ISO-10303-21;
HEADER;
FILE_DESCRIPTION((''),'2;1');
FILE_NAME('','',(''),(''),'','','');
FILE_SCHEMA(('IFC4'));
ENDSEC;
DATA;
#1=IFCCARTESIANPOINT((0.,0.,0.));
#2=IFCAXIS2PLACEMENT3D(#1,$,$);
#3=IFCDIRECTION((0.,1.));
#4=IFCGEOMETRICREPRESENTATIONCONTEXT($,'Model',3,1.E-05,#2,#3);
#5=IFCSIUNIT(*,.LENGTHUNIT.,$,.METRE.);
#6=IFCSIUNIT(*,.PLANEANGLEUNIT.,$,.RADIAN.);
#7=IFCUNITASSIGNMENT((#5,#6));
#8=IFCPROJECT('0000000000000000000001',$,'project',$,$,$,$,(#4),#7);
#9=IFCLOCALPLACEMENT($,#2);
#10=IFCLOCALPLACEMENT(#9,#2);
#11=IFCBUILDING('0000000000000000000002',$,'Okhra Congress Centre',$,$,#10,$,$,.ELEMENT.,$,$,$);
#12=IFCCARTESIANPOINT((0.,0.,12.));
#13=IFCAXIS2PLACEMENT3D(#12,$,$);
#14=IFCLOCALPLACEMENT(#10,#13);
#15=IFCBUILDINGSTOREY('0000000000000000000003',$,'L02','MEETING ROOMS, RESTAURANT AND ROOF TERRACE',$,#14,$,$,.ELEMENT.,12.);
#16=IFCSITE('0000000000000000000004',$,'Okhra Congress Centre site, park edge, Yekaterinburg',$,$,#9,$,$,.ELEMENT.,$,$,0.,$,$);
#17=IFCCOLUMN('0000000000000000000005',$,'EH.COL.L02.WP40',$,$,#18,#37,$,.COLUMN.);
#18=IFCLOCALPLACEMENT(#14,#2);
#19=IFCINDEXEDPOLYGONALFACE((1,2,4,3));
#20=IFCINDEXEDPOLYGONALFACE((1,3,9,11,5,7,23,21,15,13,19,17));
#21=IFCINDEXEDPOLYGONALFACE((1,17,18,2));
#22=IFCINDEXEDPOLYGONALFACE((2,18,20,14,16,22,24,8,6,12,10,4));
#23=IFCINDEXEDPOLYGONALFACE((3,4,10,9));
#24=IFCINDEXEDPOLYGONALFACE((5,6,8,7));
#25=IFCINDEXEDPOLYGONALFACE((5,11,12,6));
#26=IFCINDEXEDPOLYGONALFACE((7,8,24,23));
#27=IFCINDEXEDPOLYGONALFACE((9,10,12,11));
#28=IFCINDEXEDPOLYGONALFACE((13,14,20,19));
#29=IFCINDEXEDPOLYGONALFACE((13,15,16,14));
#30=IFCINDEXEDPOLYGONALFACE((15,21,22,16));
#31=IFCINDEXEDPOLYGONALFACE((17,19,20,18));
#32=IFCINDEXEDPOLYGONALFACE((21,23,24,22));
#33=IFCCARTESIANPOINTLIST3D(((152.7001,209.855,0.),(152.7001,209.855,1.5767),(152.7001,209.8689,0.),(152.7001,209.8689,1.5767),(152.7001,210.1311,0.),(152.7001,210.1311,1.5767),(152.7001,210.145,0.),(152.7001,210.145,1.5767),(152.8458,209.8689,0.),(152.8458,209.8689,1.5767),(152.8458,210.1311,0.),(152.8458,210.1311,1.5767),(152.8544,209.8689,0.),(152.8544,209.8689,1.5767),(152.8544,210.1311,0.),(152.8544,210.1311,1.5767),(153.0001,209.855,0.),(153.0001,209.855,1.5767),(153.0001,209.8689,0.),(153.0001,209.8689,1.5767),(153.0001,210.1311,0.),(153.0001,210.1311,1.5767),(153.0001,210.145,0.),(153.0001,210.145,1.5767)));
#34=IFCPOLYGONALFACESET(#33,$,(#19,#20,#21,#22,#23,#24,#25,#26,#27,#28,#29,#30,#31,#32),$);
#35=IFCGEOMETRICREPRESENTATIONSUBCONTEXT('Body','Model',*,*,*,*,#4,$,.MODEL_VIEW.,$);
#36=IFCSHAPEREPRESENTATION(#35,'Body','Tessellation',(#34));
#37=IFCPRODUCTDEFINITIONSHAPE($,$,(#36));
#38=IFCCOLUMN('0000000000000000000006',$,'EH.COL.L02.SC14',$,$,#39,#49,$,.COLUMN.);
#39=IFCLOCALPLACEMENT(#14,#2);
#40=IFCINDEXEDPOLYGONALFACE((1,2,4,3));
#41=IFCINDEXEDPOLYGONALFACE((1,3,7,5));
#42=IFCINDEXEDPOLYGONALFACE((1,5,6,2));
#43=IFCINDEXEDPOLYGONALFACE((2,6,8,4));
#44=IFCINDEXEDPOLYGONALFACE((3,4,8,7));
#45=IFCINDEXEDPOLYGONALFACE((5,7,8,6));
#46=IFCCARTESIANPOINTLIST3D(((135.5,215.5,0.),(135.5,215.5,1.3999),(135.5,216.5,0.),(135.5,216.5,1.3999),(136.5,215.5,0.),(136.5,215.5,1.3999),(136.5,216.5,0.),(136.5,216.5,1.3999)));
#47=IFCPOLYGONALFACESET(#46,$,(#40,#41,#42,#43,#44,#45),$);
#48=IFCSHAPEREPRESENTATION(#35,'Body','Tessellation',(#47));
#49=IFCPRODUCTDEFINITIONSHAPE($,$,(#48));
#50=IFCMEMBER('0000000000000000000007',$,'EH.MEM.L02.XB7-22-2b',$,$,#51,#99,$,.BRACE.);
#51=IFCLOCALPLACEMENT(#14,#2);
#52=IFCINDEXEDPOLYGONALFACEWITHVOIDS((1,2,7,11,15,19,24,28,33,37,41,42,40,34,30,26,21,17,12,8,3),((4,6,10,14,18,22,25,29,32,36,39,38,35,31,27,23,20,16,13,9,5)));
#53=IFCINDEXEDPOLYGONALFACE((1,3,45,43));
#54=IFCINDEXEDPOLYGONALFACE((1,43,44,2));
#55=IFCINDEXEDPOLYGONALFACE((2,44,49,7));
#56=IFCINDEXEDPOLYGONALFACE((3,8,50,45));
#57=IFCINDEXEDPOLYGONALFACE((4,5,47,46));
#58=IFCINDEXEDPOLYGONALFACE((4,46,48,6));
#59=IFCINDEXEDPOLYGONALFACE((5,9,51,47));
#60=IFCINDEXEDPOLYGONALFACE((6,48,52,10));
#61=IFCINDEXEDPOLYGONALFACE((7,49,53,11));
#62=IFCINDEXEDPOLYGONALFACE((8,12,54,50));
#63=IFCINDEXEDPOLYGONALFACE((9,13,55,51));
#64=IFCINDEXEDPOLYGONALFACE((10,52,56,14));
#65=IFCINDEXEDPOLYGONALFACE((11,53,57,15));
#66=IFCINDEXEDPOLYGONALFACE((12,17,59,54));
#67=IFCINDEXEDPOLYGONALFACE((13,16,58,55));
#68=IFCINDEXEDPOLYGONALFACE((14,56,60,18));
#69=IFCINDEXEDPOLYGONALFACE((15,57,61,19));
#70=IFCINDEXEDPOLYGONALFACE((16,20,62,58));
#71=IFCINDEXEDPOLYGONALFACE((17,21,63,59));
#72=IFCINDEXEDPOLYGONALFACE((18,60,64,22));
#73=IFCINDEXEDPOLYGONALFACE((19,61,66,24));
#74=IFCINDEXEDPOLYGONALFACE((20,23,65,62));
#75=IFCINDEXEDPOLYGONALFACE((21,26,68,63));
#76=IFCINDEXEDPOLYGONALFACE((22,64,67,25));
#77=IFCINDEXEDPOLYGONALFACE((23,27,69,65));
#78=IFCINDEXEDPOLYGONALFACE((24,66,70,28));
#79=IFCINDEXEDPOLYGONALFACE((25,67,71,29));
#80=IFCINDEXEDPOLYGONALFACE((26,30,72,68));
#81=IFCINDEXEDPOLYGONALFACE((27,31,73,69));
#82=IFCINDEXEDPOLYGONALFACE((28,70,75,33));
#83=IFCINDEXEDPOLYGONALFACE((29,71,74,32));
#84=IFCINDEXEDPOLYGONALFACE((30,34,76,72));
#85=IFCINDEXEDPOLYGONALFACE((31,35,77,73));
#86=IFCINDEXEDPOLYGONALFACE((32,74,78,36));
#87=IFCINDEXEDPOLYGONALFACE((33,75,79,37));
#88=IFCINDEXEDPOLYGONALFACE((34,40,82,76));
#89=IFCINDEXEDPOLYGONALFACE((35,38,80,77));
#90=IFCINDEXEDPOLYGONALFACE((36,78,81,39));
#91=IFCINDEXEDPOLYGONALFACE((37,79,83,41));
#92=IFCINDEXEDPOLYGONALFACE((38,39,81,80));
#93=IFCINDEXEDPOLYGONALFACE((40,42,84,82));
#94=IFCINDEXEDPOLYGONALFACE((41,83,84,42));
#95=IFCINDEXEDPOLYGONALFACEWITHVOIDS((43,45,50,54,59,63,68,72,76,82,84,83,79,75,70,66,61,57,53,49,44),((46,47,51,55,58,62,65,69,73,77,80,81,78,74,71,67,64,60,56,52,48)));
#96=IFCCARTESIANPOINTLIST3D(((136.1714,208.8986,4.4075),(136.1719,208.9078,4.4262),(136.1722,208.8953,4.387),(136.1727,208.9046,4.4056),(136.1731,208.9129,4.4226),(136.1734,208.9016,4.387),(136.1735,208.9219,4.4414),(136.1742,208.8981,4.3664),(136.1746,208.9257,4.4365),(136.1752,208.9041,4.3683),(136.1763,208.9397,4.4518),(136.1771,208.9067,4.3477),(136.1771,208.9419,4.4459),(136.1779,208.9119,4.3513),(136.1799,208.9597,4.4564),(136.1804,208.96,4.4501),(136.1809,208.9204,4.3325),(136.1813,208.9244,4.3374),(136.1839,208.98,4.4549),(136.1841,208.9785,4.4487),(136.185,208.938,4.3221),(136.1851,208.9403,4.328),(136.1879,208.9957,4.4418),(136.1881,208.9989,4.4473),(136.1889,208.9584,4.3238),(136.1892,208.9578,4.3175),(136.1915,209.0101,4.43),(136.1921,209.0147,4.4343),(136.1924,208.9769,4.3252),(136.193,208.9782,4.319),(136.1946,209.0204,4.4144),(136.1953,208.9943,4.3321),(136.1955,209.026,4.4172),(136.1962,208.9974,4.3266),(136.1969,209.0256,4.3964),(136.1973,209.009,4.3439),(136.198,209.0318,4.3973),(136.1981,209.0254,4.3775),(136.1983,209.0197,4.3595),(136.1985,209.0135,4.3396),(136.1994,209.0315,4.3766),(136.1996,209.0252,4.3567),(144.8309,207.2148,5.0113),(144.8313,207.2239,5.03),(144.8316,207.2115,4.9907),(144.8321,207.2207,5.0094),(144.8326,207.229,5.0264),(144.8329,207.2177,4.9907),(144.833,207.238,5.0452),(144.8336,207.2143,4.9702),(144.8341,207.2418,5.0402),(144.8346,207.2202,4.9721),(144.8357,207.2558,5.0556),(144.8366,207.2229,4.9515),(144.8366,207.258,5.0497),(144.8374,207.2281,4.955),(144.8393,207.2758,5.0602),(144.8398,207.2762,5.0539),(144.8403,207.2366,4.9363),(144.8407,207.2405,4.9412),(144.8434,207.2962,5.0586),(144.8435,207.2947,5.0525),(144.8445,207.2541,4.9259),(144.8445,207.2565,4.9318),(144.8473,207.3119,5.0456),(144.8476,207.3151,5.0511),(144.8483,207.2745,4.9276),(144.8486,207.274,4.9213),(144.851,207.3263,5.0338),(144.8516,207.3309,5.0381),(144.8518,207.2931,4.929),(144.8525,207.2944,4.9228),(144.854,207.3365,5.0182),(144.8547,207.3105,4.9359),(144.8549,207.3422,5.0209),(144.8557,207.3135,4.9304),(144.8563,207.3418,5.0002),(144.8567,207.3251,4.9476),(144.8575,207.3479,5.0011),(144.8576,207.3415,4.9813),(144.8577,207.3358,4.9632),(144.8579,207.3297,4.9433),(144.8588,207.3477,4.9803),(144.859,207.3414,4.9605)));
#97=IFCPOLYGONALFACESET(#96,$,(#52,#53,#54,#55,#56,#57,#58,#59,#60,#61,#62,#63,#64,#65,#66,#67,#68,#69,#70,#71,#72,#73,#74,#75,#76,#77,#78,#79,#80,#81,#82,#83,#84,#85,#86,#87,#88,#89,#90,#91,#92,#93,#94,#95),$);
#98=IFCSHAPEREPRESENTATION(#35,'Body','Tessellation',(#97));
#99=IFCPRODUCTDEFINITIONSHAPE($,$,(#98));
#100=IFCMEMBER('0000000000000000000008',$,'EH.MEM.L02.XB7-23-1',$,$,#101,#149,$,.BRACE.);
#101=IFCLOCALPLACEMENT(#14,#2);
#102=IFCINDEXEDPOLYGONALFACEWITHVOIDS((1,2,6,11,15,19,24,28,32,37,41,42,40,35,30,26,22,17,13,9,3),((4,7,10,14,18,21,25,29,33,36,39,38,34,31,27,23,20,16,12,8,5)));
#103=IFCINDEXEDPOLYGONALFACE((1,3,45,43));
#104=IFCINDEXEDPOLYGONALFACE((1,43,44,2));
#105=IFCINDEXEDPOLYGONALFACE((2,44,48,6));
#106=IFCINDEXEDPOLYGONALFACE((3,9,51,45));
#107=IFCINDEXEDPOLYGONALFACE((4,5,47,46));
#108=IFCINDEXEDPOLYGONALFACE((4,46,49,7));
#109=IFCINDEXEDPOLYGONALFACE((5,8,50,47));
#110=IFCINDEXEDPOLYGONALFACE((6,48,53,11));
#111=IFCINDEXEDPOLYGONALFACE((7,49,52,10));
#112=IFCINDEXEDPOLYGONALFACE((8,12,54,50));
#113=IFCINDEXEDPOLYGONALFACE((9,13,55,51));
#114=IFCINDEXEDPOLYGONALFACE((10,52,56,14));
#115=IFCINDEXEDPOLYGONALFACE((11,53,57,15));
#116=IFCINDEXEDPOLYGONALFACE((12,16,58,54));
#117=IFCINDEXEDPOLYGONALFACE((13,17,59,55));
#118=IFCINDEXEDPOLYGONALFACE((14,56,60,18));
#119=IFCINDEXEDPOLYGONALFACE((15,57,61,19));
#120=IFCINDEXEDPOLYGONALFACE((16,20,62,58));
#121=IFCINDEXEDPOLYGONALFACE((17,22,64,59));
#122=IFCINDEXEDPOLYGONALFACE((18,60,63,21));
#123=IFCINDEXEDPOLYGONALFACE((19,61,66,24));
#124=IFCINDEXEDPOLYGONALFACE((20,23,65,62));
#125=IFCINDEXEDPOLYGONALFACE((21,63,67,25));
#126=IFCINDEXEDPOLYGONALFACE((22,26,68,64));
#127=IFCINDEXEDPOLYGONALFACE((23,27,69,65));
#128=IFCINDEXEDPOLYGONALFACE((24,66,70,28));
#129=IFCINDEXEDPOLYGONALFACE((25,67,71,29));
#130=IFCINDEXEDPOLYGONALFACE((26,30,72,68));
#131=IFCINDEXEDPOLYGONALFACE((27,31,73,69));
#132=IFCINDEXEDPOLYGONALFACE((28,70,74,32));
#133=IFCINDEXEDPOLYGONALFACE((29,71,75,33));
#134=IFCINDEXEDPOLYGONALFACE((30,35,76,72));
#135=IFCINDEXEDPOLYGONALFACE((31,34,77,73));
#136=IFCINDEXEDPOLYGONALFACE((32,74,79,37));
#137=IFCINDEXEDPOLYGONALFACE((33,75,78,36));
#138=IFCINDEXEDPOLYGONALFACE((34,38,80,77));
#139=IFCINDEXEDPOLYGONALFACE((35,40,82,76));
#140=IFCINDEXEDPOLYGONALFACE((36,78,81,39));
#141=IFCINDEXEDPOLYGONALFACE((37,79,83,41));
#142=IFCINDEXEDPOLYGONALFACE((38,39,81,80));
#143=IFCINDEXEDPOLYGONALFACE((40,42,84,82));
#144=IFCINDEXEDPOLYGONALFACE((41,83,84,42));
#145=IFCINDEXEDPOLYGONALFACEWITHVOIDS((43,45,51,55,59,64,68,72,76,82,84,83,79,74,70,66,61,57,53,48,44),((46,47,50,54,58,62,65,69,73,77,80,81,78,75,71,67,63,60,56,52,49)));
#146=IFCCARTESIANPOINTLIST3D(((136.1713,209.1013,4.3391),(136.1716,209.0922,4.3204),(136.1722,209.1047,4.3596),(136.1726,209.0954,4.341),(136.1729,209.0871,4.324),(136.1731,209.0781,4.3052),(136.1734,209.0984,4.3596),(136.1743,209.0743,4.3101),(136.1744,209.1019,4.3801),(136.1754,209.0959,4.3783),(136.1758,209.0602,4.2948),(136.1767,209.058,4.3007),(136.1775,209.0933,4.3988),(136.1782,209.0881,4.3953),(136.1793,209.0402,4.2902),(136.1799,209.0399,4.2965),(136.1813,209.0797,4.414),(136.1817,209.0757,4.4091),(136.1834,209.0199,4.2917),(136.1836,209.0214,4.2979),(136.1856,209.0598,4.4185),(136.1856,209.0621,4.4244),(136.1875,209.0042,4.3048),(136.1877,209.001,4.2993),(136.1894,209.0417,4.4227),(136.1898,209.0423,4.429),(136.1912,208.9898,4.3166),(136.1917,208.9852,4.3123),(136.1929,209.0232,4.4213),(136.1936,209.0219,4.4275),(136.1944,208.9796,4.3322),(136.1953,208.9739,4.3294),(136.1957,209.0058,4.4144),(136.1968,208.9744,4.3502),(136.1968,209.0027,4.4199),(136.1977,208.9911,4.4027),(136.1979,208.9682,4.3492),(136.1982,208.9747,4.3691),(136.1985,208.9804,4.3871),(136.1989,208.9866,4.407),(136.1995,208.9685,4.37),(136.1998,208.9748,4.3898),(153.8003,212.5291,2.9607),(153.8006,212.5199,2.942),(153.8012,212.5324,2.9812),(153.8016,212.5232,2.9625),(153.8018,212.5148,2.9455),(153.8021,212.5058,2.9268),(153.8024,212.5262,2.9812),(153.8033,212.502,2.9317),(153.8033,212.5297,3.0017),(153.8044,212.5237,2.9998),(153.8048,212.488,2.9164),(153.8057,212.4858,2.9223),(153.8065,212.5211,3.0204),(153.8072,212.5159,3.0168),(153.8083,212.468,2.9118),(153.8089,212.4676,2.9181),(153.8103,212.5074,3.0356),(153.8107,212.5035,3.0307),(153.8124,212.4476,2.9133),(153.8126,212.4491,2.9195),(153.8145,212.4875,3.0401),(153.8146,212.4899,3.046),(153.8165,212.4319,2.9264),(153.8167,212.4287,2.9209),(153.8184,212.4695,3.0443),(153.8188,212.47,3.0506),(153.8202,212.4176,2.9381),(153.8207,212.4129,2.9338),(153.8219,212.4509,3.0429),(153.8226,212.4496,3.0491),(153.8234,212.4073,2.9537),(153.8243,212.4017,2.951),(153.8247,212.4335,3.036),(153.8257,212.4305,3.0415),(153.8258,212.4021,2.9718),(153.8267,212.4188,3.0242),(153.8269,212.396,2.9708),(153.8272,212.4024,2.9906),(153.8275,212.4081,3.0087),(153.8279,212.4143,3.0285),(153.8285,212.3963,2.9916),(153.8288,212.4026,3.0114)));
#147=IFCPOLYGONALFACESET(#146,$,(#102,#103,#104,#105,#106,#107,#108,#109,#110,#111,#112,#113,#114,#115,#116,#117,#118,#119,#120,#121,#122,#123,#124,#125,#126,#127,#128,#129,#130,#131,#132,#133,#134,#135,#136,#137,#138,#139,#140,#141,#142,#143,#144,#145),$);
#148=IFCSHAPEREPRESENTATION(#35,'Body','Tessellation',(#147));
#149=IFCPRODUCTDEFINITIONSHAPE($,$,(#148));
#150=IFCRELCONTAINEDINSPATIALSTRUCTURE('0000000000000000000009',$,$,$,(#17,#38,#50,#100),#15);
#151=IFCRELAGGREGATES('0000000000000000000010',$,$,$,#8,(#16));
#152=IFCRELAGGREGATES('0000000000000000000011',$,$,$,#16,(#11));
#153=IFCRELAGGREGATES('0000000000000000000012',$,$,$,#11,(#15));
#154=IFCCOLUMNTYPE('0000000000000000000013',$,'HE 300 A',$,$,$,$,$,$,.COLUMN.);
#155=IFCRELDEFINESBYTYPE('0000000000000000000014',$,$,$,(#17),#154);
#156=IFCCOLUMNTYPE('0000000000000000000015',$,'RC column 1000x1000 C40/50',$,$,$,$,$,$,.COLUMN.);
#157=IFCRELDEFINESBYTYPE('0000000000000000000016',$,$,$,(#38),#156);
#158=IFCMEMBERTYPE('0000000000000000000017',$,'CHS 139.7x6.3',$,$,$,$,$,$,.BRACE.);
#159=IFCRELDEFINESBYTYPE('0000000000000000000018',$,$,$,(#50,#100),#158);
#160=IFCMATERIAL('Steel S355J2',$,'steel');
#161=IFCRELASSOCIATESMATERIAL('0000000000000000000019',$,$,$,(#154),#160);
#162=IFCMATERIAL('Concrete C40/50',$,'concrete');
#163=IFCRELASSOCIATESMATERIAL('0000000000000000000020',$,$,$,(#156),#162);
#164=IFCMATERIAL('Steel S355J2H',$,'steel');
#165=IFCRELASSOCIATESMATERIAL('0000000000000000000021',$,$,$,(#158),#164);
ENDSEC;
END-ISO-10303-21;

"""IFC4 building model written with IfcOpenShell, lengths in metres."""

from ifc_helpers import new_model, si_unit, direction, frame, origin, origin_2d, place, context, subcontext, project, spatial, rectangle, hollow_circle, i_section, extrude, material, material_profile, profile_set, type_object, element, save


model = new_model("IFC4")

# Units and contexts
model_context = context("Model", 3, precision=1e-05, world=origin(), true_north=direction((0.0, 1.0)))
body_context = subcontext(model_context, "Body", "Model", "MODEL_VIEW")
ifc_project = project(units=[si_unit("LENGTHUNIT", "METRE"), si_unit("PLANEANGLEUNIT", "RADIAN")], contexts=[model_context])

# Site, building, storey
site_placement = place(None, origin())
site = spatial("IfcSite", under=ifc_project, at=site_placement, Name="Okhra Congress Centre site, park edge, Yekaterinburg", CompositionType="ELEMENT", RefElevation=0.0)
building_placement = place(site_placement, origin())
building = spatial("IfcBuilding", under=site, at=building_placement, Name="Okhra Congress Centre", CompositionType="ELEMENT")
storey_placement = place(building_placement, frame((0.0, 0.0, 12.0)))
storey = spatial("IfcBuildingStorey", under=building, at=storey_placement, Name="L02", Description="MEETING ROOMS, RESTAURANT AND ROOF TERRACE", CompositionType="ELEMENT", Elevation=12.0)

# Columns
ifc_material_1 = material(Name="Steel S355J2", Category="steel")
ifc_material_profile_1 = material_profile(ifc_material_1, i_section(OverallWidth=0.3, OverallDepth=0.29, WebThickness=0.0085, FlangeThickness=0.0139, at=origin_2d()), Name="HE 300 A")
ifc_profile_set_1 = profile_set([ifc_material_profile_1], Name="Steel S355J2")
column_type_1 = type_object("IfcColumnType", Name="HE 300 A", PredefinedType="COLUMN", material=ifc_profile_set_1)
column_1_placement = place(storey_placement, frame((152.8501, 210.0, 0.0), z_axis=(0.0, 0.0, 1.0), x_axis=(1.0, 0.0, 0.0)))
element("IfcColumn", 1, at=column_1_placement, inside=storey, type_object=column_type_1, Name="EH.COL.L02.WP40", PredefinedType="COLUMN", context=body_context, shape_type="SweptSolid", body=[
    extrude(i_section(OverallWidth=0.3, OverallDepth=0.29, WebThickness=0.0085, FlangeThickness=0.0139, at=origin_2d()), origin(), (0.0, 0.0, 1.0), 1.5767),
])
ifc_material_2 = material(Name="Concrete C40/50", Category="concrete")
ifc_material_profile_2 = material_profile(ifc_material_2, rectangle(XDim=1.0, YDim=1.0, at=origin_2d()), Name="RC 1000x1000")
ifc_profile_set_2 = profile_set([ifc_material_profile_2], Name="Concrete C40/50")
column_type_2 = type_object("IfcColumnType", Name="RC column 1000x1000 C40/50", PredefinedType="COLUMN", material=ifc_profile_set_2)
column_2_placement = place(storey_placement, frame((136.0, 216.0, 0.0), z_axis=(0.0, 0.0, 1.0), x_axis=(1.0, 0.0, 0.0)))
element("IfcColumn", 2, at=column_2_placement, inside=storey, type_object=column_type_2, Name="EH.COL.L02.SC14", PredefinedType="COLUMN", context=body_context, shape_type="SweptSolid", body=[
    extrude(rectangle(XDim=1.0, YDim=1.0, at=origin_2d()), origin(), (0.0, 0.0, 1.0), 1.3999),
])

# Members
ifc_material_3 = material(Name="Steel S355J2H", Category="steel")
ifc_material_profile_3 = material_profile(ifc_material_3, hollow_circle(Radius=0.0698, WallThickness=0.0063, at=origin_2d()), Name="CHS 139.7x6.3")
ifc_profile_set_3 = profile_set([ifc_material_profile_3], Name="Steel S355J2H")
member_type_1 = type_object("IfcMemberType", Name="CHS 139.7x6.3", PredefinedType="BRACE", material=ifc_profile_set_3)
member_1_placement = place(storey_placement, frame((144.845, 207.28, 4.9907), z_axis=(-0.979323, 0.190431, -0.068281), x_axis=(-0.190876, -0.981614, 0.0)))
element("IfcMember", 3, at=member_1_placement, inside=storey, type_object=member_type_1, Name="EH.MEM.L02.XB7-22-2b", PredefinedType="BRACE", context=body_context, shape_type="SweptSolid", body=[
    extrude(hollow_circle(Radius=0.0698, WallThickness=0.0063, at=origin_2d()), origin(), (0.0, 0.0, 1.0), 8.8423),
])
member_2_placement = place(storey_placement, frame((136.1855, 209.0361, 4.3596), z_axis=(0.978738, 0.190304, -0.076528), x_axis=(-0.190864, 0.981617, 0.0)))
element("IfcMember", 4, at=member_2_placement, inside=storey, type_object=member_type_1, Name="EH.MEM.L02.XB7-23-1", PredefinedType="BRACE", context=body_context, shape_type="SweptSolid", body=[
    extrude(hollow_circle(Radius=0.0698, WallThickness=0.0063, at=origin_2d()), origin(), (0.0, 0.0, 1.0), 18.012),
])

save(model, "model.ifc")
